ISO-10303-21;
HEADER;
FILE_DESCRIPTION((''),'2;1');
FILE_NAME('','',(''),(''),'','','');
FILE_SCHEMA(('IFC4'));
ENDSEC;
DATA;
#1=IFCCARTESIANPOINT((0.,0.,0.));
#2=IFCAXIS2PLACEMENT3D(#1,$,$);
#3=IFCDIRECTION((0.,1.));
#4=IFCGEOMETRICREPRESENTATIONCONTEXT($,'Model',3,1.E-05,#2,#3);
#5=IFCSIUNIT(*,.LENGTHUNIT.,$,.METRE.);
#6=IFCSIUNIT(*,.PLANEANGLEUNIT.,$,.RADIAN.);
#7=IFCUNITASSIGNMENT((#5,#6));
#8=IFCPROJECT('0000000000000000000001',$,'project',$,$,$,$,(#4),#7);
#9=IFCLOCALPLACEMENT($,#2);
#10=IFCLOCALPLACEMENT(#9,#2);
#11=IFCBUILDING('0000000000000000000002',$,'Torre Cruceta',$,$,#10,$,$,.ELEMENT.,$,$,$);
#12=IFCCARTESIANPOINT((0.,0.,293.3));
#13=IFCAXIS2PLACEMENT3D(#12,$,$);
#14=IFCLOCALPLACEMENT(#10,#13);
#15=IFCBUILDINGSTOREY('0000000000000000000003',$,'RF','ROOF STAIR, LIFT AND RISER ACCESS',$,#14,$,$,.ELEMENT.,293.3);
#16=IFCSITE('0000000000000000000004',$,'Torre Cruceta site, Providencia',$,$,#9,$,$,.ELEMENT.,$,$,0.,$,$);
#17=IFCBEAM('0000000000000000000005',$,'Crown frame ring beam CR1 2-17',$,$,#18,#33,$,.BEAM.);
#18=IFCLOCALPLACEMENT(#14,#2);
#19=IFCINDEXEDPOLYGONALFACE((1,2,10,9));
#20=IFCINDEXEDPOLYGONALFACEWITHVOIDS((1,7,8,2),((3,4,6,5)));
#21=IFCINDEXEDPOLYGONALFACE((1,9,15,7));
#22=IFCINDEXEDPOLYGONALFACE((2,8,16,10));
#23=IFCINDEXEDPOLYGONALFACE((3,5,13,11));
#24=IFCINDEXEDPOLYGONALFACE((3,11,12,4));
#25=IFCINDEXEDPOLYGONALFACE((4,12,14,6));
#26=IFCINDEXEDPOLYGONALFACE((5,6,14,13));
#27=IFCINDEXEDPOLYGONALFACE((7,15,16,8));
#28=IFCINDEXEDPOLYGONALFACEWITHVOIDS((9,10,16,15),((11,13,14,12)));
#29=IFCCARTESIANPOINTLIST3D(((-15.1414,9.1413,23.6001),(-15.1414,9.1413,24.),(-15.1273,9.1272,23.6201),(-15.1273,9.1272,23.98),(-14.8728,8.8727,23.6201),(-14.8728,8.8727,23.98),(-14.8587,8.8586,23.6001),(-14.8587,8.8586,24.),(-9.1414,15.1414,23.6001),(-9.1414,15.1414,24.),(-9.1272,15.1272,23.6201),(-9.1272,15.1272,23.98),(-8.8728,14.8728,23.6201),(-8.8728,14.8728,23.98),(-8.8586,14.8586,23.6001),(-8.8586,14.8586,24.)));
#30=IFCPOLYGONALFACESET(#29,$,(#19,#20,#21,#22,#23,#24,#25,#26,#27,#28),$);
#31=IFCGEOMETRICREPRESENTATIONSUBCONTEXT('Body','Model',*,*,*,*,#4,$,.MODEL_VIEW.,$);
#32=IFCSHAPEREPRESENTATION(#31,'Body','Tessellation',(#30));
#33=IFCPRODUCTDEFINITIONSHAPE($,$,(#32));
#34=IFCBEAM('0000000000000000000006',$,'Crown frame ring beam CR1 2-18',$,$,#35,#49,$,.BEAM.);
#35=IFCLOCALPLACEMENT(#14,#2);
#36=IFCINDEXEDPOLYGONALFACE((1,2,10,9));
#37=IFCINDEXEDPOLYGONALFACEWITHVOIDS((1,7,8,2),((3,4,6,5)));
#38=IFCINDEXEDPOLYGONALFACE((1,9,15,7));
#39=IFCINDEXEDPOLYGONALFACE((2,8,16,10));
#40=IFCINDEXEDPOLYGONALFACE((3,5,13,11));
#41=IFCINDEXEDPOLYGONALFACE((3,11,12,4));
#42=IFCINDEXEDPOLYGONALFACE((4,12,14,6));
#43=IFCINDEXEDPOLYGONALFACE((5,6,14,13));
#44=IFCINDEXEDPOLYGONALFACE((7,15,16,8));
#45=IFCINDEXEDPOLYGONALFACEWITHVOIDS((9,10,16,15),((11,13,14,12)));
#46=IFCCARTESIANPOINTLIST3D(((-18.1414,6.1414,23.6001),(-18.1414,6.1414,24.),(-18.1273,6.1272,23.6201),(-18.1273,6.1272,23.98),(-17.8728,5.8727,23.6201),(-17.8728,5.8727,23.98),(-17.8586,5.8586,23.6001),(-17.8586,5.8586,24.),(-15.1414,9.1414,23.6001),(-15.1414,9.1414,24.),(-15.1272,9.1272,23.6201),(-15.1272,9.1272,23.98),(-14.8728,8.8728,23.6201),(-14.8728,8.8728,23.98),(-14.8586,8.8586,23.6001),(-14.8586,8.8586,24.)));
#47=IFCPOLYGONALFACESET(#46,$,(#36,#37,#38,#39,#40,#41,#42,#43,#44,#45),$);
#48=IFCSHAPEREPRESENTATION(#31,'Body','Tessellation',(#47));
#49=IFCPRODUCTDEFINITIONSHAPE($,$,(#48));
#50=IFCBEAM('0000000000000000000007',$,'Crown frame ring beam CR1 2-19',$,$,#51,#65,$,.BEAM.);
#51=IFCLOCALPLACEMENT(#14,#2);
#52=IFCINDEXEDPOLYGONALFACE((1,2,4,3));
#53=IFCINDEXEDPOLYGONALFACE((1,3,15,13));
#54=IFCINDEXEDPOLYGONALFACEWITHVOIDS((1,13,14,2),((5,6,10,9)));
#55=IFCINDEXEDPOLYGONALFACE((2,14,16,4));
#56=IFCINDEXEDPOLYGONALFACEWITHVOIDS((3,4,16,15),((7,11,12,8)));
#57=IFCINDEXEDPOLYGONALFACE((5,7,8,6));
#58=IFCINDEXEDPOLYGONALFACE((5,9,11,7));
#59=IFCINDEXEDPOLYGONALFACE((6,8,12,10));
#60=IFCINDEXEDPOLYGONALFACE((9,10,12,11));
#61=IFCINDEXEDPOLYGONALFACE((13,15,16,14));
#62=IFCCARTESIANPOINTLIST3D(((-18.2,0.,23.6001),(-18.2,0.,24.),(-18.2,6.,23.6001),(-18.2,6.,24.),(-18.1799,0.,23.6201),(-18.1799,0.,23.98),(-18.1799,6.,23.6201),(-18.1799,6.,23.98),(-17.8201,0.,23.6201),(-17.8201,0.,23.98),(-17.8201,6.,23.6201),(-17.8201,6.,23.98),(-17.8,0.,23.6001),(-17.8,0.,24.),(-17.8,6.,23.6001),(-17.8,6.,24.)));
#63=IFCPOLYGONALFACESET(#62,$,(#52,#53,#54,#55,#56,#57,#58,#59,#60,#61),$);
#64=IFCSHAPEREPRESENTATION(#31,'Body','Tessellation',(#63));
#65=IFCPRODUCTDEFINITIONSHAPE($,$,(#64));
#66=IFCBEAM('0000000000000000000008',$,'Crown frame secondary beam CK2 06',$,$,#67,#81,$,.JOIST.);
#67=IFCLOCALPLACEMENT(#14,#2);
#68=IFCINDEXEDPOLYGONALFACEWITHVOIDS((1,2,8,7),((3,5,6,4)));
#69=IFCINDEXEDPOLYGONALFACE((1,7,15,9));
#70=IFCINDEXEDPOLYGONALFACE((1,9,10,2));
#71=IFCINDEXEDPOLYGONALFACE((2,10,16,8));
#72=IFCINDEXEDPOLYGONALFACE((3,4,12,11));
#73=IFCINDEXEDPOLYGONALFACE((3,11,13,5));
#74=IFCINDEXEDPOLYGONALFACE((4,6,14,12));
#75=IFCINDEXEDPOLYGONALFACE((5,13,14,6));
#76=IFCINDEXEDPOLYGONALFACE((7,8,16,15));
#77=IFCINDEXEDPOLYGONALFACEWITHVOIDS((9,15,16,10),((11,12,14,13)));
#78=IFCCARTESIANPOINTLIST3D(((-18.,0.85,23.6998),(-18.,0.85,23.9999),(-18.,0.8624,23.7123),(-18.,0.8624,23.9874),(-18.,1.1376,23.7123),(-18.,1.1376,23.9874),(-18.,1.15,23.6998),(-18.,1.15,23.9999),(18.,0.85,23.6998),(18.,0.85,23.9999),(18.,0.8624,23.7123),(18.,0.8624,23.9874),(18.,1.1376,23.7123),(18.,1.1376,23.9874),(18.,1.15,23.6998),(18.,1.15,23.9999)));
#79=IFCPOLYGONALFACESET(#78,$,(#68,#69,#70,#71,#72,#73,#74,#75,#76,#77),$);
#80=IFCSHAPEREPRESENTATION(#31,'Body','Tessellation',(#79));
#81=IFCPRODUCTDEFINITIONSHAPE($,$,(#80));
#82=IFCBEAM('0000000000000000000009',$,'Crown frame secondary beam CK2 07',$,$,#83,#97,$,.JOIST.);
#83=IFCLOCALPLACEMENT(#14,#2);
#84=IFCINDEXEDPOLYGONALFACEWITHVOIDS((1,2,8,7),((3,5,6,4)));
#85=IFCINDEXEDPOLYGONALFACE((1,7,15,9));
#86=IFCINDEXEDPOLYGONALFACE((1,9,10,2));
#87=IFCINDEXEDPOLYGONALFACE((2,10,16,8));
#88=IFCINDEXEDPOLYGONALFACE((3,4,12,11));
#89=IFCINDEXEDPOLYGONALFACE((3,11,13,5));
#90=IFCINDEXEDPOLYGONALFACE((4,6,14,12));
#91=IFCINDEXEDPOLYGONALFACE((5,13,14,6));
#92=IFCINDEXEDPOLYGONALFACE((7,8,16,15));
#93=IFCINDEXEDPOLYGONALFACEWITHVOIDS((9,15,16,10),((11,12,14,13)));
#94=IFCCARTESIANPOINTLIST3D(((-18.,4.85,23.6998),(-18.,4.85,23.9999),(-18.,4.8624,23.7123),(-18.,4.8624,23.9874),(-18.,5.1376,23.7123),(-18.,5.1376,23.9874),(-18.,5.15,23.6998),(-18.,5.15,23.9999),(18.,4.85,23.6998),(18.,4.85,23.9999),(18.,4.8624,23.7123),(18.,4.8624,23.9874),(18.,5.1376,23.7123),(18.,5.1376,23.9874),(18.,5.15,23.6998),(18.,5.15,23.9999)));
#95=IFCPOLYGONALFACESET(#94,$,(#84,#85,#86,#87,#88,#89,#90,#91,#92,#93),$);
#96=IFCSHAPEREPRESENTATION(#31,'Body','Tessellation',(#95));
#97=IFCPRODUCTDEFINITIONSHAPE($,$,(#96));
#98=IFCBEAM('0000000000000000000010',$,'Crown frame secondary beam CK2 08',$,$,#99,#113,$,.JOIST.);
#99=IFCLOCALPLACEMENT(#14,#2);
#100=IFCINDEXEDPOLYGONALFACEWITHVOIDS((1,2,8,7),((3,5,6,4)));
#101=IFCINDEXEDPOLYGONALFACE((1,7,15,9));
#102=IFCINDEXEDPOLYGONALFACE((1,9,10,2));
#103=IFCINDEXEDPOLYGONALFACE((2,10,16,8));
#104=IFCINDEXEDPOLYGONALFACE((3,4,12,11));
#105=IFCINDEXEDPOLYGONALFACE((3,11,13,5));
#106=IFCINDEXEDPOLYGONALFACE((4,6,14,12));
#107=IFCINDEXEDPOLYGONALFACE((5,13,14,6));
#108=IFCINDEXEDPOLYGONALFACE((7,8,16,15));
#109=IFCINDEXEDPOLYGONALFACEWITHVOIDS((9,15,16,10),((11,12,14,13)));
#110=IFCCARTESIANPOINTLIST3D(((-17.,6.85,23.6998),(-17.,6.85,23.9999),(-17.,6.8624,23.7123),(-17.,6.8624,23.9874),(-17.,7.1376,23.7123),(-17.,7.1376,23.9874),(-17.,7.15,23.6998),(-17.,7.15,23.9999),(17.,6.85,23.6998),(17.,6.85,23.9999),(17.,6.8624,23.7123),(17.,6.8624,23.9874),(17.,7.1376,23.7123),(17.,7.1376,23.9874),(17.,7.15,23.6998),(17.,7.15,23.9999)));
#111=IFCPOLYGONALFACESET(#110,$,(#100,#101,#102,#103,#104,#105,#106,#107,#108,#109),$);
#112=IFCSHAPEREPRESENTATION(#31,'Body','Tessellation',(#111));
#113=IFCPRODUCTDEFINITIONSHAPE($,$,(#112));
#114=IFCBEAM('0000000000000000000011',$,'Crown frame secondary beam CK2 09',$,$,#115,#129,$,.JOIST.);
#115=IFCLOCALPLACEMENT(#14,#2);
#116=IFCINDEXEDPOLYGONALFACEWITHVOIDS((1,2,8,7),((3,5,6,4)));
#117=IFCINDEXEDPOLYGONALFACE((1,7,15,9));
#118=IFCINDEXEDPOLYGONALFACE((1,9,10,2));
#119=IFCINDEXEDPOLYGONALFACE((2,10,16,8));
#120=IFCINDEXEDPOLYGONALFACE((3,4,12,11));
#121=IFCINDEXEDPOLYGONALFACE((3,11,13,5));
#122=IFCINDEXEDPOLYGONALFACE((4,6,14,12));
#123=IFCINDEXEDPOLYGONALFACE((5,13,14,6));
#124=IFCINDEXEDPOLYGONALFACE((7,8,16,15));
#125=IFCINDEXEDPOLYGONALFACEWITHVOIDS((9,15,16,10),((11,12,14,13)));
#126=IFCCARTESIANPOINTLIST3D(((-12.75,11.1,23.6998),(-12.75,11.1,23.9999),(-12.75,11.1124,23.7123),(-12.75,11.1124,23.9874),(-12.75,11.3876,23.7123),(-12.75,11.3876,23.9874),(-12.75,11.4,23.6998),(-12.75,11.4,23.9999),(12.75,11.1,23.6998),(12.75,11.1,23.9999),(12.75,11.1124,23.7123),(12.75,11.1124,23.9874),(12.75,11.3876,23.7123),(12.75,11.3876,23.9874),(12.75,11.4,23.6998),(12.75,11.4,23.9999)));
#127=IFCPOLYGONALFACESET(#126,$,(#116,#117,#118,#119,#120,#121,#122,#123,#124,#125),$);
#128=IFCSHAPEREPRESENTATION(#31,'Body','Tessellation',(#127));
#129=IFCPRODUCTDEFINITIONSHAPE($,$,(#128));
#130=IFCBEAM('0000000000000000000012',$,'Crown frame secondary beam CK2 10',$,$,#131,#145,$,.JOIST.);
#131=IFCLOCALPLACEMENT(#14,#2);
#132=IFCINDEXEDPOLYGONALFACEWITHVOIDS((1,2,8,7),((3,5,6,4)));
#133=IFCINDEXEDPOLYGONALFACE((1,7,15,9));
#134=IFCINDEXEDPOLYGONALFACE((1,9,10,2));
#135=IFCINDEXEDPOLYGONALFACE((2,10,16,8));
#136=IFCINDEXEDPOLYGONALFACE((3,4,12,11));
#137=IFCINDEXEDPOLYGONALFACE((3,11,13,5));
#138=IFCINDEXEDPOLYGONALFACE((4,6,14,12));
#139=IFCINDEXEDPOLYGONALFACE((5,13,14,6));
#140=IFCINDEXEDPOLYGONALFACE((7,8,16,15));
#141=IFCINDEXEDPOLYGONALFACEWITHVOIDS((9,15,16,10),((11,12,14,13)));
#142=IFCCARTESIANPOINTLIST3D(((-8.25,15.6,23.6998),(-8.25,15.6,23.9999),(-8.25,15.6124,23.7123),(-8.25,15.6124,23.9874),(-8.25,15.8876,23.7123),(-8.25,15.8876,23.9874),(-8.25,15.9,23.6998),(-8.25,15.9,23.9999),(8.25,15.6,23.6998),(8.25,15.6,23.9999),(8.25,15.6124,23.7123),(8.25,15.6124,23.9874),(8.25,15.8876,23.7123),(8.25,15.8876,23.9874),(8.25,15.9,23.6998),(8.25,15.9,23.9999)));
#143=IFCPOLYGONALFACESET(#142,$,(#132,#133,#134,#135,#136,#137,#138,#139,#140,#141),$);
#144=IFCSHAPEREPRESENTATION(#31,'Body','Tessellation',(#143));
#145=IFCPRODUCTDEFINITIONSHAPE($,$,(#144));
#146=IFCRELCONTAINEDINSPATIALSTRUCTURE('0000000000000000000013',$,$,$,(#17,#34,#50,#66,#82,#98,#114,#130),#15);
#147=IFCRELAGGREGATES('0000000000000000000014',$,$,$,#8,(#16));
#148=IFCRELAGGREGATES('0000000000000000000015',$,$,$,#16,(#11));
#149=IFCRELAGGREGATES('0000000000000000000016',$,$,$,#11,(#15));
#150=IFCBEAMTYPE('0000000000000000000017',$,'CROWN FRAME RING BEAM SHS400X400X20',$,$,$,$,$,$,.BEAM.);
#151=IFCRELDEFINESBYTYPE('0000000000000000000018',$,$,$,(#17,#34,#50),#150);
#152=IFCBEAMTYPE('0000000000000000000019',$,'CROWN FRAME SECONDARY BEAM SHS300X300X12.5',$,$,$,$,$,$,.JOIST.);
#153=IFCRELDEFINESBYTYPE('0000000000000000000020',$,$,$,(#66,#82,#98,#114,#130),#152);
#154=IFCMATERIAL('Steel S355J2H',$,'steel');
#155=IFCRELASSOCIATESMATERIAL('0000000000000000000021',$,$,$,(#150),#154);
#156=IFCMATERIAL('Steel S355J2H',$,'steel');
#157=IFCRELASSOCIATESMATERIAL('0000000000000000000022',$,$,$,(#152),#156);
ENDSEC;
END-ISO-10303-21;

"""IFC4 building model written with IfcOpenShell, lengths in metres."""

from ifc_helpers import new_model, si_unit, direction, frame, origin, origin_2d, place, context, subcontext, project, spatial, hollow_rectangle, extrude, material, material_profile, profile_set, type_object, element, save


model = new_model("IFC4")

# Units and contexts
model_context = context("Model", 3, precision=1e-05, world=origin(), true_north=direction((0.0, 1.0)))
body_context = subcontext(model_context, "Body", "Model", "MODEL_VIEW")
ifc_project = project(units=[si_unit("LENGTHUNIT", "METRE"), si_unit("PLANEANGLEUNIT", "RADIAN")], contexts=[model_context])

# Site, building, storey
site_placement = place(None, origin())
site = spatial("IfcSite", under=ifc_project, at=site_placement, Name="Torre Cruceta site, Providencia", CompositionType="ELEMENT", RefElevation=0.0)
building_placement = place(site_placement, origin())
building = spatial("IfcBuilding", under=site, at=building_placement, Name="Torre Cruceta", CompositionType="ELEMENT")
storey_placement = place(building_placement, frame((0.0, 0.0, 293.3)))
storey = spatial("IfcBuildingStorey", under=building, at=storey_placement, Name="RF", Description="ROOF STAIR, LIFT AND RISER ACCESS", CompositionType="ELEMENT", Elevation=293.3)

# Beams
ifc_material_1 = material(Name="Steel S355J2H", Category="steel")
ifc_material_profile_1 = material_profile(ifc_material_1, hollow_rectangle(XDim=0.3999, YDim=0.3999, WallThickness=0.02, at=origin_2d()), Name="SHS400X400X20")
ifc_profile_set_1 = profile_set([ifc_material_profile_1], Name="Steel S355J2H")
beam_type_1 = type_object("IfcBeamType", Name="CROWN FRAME RING BEAM SHS400X400X20", PredefinedType="BEAM", material=ifc_profile_set_1)
beam_1_placement = place(storey_placement, frame((-9.0, 15.0, 23.8), z_axis=(-0.707107, -0.707107, 0.0), x_axis=(0.707107, -0.707107, 0.0)))
element("IfcBeam", 1, at=beam_1_placement, inside=storey, type_object=beam_type_1, Name="Crown frame ring beam CR1 2-17", PredefinedType="BEAM", context=body_context, shape_type="SweptSolid", body=[
    extrude(hollow_rectangle(XDim=0.3999, YDim=0.3999, WallThickness=0.02, at=origin_2d()), origin(), (0.0, 0.0, 1.0), 8.4854),
])
beam_2_placement = place(storey_placement, frame((-15.0, 9.0, 23.8), z_axis=(-0.707107, -0.707107, 0.0), x_axis=(0.707107, -0.707107, 0.0)))
element("IfcBeam", 2, at=beam_2_placement, inside=storey, type_object=beam_type_1, Name="Crown frame ring beam CR1 2-18", PredefinedType="BEAM", context=body_context, shape_type="SweptSolid", body=[
    extrude(hollow_rectangle(XDim=0.3999, YDim=0.3999, WallThickness=0.02, at=origin_2d()), origin(), (0.0, 0.0, 1.0), 4.2427),
])
beam_3_placement = place(storey_placement, frame((-18.0, 6.0, 23.8), z_axis=(0.0, -1.0, 0.0), x_axis=(1.0, 0.0, 0.0)))
element("IfcBeam", 3, at=beam_3_placement, inside=storey, type_object=beam_type_1, Name="Crown frame ring beam CR1 2-19", PredefinedType="BEAM", context=body_context, shape_type="SweptSolid", body=[
    extrude(hollow_rectangle(XDim=0.3999, YDim=0.3999, WallThickness=0.02, at=origin_2d()), origin(), (0.0, 0.0, 1.0), 6.0),
])
ifc_material_2 = material(Name="Steel S355J2H", Category="steel")
ifc_material_profile_2 = material_profile(ifc_material_2, hollow_rectangle(XDim=0.3, YDim=0.3, WallThickness=0.0125, at=origin_2d()), Name="SHS300X300X12.5")
ifc_profile_set_2 = profile_set([ifc_material_profile_2], Name="Steel S355J2H")
beam_type_2 = type_object("IfcBeamType", Name="CROWN FRAME SECONDARY BEAM SHS300X300X12.5", PredefinedType="JOIST", material=ifc_profile_set_2)
for number, where, z_axis, x_axis, name in (
    (4, (-18.0, 1.0, 23.8499), (1.0, 0.0, 0.0), (0.0, 1.0, 0.0), "Crown frame secondary beam CK2 06"),
    (5, (-18.0, 5.0, 23.8499), (1.0, 0.0, 0.0), (0.0, 1.0, 0.0), "Crown frame secondary beam CK2 07"),
):
    element("IfcBeam", number, at=place(storey_placement, frame(where, z_axis=z_axis, x_axis=x_axis)), inside=storey, type_object=beam_type_2, Name=name, PredefinedType="JOIST", context=body_context, shape_type="SweptSolid", body=[
        extrude(hollow_rectangle(XDim=0.3, YDim=0.3, WallThickness=0.0125, at=origin_2d()), origin(), (0.0, 0.0, 1.0), 36.0),
    ])
beam_4_placement = place(storey_placement, frame((-17.0, 7.0, 23.8499), z_axis=(1.0, 0.0, 0.0), x_axis=(0.0, 1.0, 0.0)))
element("IfcBeam", 6, at=beam_4_placement, inside=storey, type_object=beam_type_2, Name="Crown frame secondary beam CK2 08", PredefinedType="JOIST", context=body_context, shape_type="SweptSolid", body=[
    extrude(hollow_rectangle(XDim=0.3, YDim=0.3, WallThickness=0.0125, at=origin_2d()), origin(), (0.0, 0.0, 1.0), 34.0),
])
beam_5_placement = place(storey_placement, frame((-12.75, 11.25, 23.8499), z_axis=(1.0, 0.0, 0.0), x_axis=(0.0, 1.0, 0.0)))
element("IfcBeam", 7, at=beam_5_placement, inside=storey, type_object=beam_type_2, Name="Crown frame secondary beam CK2 09", PredefinedType="JOIST", context=body_context, shape_type="SweptSolid", body=[
    extrude(hollow_rectangle(XDim=0.3, YDim=0.3, WallThickness=0.0125, at=origin_2d()), origin(), (0.0, 0.0, 1.0), 25.5),
])
beam_6_placement = place(storey_placement, frame((-8.25, 15.75, 23.8499), z_axis=(1.0, 0.0, 0.0), x_axis=(0.0, 1.0, 0.0)))
element("IfcBeam", 8, at=beam_6_placement, inside=storey, type_object=beam_type_2, Name="Crown frame secondary beam CK2 10", PredefinedType="JOIST", context=body_context, shape_type="SweptSolid", body=[
    extrude(hollow_rectangle(XDim=0.3, YDim=0.3, WallThickness=0.0125, at=origin_2d()), origin(), (0.0, 0.0, 1.0), 16.5),
])

save(model, "model.ifc")
